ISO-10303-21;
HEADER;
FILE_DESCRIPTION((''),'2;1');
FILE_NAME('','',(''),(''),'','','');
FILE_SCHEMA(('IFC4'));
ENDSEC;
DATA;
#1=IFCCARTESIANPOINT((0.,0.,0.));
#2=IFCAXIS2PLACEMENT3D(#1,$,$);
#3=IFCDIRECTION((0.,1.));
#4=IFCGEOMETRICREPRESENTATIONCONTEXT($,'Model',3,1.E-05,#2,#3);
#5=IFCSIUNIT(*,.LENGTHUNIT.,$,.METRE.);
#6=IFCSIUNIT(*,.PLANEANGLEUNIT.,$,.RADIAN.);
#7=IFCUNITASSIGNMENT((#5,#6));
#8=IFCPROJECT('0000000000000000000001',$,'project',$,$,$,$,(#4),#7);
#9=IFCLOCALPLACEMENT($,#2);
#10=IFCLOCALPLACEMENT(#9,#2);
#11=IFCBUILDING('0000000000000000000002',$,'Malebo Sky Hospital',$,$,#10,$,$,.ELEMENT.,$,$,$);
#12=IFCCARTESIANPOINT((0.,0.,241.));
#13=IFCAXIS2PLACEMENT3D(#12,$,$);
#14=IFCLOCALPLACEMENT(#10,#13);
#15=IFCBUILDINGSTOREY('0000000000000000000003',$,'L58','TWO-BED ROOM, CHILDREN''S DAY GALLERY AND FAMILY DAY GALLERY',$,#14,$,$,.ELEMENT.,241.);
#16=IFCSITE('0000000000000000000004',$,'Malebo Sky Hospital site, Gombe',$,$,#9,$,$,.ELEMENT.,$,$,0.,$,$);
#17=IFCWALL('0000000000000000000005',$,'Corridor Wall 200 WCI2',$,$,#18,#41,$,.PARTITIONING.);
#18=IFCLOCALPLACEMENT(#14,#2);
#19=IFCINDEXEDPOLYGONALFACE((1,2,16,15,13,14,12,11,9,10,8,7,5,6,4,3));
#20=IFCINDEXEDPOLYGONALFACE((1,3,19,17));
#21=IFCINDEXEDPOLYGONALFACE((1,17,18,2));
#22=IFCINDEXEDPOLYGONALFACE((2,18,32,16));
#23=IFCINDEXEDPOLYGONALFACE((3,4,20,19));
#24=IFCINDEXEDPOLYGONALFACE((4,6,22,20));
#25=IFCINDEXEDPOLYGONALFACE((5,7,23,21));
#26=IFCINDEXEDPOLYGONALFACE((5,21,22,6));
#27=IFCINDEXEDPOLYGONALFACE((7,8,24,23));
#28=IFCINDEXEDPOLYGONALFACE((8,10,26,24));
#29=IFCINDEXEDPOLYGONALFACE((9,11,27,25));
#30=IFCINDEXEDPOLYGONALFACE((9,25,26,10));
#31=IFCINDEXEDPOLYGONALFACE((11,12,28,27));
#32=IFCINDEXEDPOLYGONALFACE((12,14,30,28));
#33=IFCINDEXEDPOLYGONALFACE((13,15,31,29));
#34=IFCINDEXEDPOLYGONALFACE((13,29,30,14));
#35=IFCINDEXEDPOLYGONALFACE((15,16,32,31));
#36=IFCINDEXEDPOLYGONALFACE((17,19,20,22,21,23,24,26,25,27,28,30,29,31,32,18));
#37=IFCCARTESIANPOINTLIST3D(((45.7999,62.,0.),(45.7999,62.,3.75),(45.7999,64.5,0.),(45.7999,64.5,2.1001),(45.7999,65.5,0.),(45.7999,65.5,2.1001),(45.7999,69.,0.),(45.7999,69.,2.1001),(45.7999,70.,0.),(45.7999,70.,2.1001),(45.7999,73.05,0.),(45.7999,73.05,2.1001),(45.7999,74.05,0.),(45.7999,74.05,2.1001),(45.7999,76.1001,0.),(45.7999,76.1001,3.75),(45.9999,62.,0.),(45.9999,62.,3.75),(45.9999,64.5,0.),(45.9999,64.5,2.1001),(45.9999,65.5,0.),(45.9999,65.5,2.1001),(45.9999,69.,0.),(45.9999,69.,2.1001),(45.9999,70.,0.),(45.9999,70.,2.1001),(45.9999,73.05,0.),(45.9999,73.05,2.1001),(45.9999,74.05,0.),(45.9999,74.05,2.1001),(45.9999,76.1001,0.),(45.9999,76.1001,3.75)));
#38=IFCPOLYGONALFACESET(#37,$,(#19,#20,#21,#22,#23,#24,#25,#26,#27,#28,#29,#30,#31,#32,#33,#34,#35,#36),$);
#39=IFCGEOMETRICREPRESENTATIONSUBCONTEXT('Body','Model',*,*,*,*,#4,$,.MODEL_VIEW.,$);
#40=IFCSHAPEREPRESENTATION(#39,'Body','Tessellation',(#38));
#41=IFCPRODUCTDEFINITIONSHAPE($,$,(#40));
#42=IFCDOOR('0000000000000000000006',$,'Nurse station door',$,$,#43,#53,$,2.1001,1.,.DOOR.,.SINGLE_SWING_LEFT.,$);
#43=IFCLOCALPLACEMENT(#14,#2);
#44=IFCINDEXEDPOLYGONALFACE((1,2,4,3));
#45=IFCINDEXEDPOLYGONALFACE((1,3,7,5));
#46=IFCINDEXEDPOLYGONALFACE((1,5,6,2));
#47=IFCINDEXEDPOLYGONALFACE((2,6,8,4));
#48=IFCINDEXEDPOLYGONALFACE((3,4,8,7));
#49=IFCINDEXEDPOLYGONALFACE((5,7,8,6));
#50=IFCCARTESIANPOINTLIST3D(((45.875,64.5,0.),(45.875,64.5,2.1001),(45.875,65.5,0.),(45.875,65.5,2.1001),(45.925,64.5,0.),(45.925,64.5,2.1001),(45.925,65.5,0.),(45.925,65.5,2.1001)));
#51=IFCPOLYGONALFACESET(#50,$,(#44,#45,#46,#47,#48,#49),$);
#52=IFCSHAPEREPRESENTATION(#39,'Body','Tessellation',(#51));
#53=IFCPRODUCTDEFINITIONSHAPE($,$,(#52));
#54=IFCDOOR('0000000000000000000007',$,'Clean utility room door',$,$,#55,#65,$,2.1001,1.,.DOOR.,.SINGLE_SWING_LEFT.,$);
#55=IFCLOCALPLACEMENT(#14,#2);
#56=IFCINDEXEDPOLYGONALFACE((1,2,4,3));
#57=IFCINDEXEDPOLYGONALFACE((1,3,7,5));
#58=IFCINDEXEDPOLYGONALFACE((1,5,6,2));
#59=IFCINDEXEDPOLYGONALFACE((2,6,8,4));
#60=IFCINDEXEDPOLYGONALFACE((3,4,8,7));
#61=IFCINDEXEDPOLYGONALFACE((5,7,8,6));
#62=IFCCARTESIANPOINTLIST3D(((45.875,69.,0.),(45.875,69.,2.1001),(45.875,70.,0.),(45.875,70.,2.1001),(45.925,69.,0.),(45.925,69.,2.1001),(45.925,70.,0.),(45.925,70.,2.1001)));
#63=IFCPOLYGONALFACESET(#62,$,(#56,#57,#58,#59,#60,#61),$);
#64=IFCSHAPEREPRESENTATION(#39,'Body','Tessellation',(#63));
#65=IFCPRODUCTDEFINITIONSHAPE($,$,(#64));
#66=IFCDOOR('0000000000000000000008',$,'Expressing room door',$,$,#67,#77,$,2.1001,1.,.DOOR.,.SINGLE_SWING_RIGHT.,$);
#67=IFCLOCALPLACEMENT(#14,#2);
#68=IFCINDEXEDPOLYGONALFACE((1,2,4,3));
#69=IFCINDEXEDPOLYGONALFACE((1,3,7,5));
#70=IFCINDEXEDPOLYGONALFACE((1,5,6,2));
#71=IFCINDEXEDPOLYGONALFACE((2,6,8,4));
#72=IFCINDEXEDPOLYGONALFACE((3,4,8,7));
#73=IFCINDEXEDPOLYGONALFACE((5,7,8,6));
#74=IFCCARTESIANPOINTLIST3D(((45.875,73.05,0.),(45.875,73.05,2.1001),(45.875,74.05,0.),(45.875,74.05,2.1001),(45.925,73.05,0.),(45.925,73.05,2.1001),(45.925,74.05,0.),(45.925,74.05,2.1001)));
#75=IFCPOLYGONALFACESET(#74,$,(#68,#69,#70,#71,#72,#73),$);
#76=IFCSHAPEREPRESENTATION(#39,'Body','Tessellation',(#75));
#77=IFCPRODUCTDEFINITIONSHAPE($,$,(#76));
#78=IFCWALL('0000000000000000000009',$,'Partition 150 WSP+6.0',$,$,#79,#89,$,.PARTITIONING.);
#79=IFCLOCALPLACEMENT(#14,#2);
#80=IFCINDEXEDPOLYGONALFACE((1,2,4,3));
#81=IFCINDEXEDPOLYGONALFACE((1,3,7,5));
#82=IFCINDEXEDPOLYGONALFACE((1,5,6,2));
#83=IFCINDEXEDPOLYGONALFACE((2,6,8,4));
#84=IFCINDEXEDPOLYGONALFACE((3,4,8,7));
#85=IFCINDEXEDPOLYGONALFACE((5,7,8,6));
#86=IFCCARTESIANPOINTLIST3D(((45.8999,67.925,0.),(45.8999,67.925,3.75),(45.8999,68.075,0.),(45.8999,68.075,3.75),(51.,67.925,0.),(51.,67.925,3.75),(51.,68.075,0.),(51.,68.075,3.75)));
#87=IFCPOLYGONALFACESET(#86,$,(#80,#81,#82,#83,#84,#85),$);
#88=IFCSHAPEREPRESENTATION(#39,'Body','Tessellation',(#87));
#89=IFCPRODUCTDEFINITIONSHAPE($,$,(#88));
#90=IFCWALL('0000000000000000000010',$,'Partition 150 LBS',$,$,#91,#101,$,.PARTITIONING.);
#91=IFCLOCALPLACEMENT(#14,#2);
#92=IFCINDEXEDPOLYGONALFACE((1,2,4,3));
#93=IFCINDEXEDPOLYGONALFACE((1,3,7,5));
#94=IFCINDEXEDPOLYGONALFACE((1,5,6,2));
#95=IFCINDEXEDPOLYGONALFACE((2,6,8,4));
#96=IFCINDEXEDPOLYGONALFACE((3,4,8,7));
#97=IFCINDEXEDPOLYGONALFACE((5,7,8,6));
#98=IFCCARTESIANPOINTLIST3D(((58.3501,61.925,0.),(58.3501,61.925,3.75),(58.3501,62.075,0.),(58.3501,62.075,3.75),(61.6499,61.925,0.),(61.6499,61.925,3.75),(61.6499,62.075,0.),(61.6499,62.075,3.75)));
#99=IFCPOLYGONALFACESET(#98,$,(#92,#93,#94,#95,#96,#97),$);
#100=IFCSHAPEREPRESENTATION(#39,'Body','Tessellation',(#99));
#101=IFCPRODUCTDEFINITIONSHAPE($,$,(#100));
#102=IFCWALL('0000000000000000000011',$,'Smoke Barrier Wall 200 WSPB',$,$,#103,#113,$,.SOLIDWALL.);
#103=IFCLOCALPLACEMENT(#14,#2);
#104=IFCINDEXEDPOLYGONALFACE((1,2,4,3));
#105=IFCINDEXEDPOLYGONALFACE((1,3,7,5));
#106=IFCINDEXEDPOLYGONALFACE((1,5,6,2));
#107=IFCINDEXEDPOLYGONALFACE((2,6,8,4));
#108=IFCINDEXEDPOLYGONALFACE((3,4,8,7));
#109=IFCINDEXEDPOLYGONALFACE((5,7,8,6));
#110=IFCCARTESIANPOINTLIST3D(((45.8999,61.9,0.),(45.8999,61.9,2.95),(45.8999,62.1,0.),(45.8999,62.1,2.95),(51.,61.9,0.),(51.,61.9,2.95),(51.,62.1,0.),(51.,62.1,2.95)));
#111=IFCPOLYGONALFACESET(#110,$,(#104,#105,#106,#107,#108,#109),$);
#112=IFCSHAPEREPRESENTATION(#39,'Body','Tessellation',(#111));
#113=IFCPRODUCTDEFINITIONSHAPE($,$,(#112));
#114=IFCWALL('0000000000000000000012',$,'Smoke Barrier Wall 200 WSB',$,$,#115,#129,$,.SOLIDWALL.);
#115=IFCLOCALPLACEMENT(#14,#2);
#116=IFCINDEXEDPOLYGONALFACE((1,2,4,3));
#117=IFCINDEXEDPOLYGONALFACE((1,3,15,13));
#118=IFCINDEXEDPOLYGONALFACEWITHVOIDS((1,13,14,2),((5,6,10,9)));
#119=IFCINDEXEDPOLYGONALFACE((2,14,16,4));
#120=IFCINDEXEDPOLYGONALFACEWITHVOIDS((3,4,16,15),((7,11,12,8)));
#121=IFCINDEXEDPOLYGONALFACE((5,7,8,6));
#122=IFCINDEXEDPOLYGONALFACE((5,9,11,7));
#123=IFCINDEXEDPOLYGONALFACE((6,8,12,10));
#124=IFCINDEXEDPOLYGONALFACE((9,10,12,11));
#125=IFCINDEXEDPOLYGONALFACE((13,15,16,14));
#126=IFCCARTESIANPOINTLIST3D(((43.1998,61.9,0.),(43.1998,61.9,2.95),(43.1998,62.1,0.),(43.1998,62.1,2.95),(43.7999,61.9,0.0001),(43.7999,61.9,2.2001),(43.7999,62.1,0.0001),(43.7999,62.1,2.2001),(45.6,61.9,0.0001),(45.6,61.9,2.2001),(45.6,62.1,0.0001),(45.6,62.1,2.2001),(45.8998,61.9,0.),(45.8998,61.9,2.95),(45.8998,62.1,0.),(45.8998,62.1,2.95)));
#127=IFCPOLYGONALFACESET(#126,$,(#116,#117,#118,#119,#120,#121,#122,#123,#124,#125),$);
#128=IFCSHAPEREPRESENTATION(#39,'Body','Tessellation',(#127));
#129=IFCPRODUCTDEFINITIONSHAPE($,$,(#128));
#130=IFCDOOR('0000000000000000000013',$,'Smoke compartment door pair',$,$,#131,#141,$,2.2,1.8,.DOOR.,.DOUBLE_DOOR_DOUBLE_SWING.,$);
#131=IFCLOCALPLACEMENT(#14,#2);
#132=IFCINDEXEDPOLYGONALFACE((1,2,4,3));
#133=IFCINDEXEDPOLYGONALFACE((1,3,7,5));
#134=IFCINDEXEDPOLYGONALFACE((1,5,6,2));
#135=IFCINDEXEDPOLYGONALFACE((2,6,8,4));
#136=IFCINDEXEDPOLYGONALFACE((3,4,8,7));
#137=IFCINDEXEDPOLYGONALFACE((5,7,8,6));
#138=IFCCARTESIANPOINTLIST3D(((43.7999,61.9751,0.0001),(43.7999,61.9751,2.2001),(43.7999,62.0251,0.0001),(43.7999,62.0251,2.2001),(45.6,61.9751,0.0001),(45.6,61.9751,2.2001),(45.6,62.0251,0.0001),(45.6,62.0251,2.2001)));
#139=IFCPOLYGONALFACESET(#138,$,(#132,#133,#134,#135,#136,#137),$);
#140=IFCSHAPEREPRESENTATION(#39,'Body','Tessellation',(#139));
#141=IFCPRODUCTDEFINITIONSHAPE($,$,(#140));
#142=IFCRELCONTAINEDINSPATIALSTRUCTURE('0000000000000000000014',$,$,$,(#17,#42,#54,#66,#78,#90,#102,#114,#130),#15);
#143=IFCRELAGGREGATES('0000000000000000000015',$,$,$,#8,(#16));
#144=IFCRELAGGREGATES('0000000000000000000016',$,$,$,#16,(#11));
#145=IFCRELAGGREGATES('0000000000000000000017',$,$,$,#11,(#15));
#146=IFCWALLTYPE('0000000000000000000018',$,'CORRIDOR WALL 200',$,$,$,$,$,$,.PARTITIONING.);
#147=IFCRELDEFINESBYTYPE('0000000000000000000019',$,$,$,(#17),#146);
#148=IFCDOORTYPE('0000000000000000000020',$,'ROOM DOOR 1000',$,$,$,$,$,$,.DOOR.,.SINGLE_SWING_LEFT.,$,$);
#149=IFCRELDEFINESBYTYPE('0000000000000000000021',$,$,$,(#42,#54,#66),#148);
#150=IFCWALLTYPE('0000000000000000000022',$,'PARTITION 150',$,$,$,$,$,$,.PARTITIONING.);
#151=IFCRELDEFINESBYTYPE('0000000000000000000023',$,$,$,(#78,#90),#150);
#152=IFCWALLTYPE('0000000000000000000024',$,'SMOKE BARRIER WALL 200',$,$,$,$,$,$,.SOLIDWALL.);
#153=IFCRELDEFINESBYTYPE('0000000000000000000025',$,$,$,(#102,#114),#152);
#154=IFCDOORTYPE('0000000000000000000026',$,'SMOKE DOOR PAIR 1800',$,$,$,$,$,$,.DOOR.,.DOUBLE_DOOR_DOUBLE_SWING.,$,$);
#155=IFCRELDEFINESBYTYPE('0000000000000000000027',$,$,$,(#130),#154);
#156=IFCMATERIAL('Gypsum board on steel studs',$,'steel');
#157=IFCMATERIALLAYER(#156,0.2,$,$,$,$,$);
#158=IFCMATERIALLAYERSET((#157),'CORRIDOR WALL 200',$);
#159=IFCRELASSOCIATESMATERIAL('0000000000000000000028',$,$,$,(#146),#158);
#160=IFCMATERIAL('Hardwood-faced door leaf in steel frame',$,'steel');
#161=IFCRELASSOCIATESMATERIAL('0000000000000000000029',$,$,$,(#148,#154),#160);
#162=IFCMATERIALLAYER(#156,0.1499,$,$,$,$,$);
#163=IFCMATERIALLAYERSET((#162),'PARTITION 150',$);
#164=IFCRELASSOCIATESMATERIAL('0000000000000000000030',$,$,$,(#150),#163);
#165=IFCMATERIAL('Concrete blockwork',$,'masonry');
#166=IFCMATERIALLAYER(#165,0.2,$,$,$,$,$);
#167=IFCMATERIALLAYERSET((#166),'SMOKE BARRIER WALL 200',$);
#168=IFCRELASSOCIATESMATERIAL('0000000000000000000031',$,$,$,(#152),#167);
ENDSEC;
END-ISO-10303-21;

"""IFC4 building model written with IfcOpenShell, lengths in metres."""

from ifc_helpers import new_model, si_unit, direction, frame, frame_2d, origin, place, context, subcontext, project, spatial, rectangle, extrude, material, layer, layer_set, type_object, element, fill, save


model = new_model("IFC4")

# Units and contexts
model_context = context("Model", 3, precision=1e-05, world=origin(), true_north=direction((0.0, 1.0)))
body_context = subcontext(model_context, "Body", "Model", "MODEL_VIEW")
ifc_project = project(units=[si_unit("LENGTHUNIT", "METRE"), si_unit("PLANEANGLEUNIT", "RADIAN")], contexts=[model_context])

# Site, building, storey
site_placement = place(None, origin())
site = spatial("IfcSite", under=ifc_project, at=site_placement, Name="Malebo Sky Hospital site, Gombe", CompositionType="ELEMENT", RefElevation=0.0)
building_placement = place(site_placement, origin())
building = spatial("IfcBuilding", under=site, at=building_placement, Name="Malebo Sky Hospital", CompositionType="ELEMENT")
storey_placement = place(building_placement, frame((0.0, 0.0, 241.0)))
storey = spatial("IfcBuildingStorey", under=building, at=storey_placement, Name="L58", Description="TWO-BED ROOM, CHILDREN'S DAY GALLERY AND FAMILY DAY GALLERY", CompositionType="ELEMENT", Elevation=241.0)

# Shared definitions
ifc_material_1 = material(Name="Hardwood-faced door leaf in steel frame", Category="steel")

# Wall, openings, doors
ifc_material_2 = material(Name="Gypsum board on steel studs", Category="steel")
ifc_layer_1 = layer(ifc_material_2, 0.2)
ifc_layer_set_1 = layer_set([ifc_layer_1], Name="CORRIDOR WALL 200")
wall_type_1 = type_object("IfcWallType", Name="CORRIDOR WALL 200", PredefinedType="PARTITIONING", material=ifc_layer_set_1)
wall_1_placement = place(storey_placement, frame((45.8999, 62.0, 0.0), z_axis=(0.0, 0.0, 1.0), x_axis=(0.0, 1.0, 0.0)))
wall_1 = element("IfcWall", 1, at=wall_1_placement, inside=storey, type_object=wall_type_1, Name="Corridor Wall 200 WCI2", PredefinedType="PARTITIONING", context=body_context, shape_type="SweptSolid", body=[
    extrude(rectangle(XDim=14.1001, YDim=0.2, at=frame_2d((7.05, 0.0))), origin(), (0.0, 0.0, 1.0), 3.75),
])
opening_1_placement = place(wall_1_placement, frame((2.5, 0.0, 0.0)))
opening_1 = element("IfcOpeningElement", 2, at=opening_1_placement, cuts=wall_1, PredefinedType="OPENING", context=body_context, shape_type="SweptSolid", body=[
    extrude(rectangle(XDim=1.0, YDim=2.1001, at=frame_2d((0.5, 1.05))), frame((0.0, 0.1099, 0.0), z_axis=(0.0, -1.0, 0.0), x_axis=(1.0, 0.0, 0.0)), (0.0, 0.0, 1.0), 0.22),
])
opening_2_placement = place(wall_1_placement, frame((7.0, 0.0, 0.0)))
opening_2 = element("IfcOpeningElement", 3, at=opening_2_placement, cuts=wall_1, PredefinedType="OPENING", context=body_context, shape_type="SweptSolid", body=[
    extrude(rectangle(XDim=1.0, YDim=2.1001, at=frame_2d((0.5, 1.05))), frame((0.0, 0.1099, 0.0), z_axis=(0.0, -1.0, 0.0), x_axis=(1.0, 0.0, 0.0)), (0.0, 0.0, 1.0), 0.22),
])
opening_3_placement = place(wall_1_placement, frame((11.05, 0.0, 0.0)))
opening_3 = element("IfcOpeningElement", 4, at=opening_3_placement, cuts=wall_1, PredefinedType="OPENING", context=body_context, shape_type="SweptSolid", body=[
    extrude(rectangle(XDim=1.0, YDim=2.1001, at=frame_2d((0.5, 1.05))), frame((0.0, 0.1099, 0.0), z_axis=(0.0, -1.0, 0.0), x_axis=(1.0, 0.0, 0.0)), (0.0, 0.0, 1.0), 0.22),
])
door_type_1 = type_object("IfcDoorType", Name="ROOM DOOR 1000", OperationType="SINGLE_SWING_LEFT", PredefinedType="DOOR", material=ifc_material_1)
door_1_placement = place(opening_1_placement, origin())
door_1 = element("IfcDoor", 5, at=door_1_placement, inside=storey, type_object=door_type_1, Name="Nurse station door", OperationType="SINGLE_SWING_LEFT", OverallHeight=2.1001, OverallWidth=1.0, PredefinedType="DOOR", context=body_context, shape_type="SweptSolid", body=[
    extrude(rectangle(XDim=1.0, YDim=2.1001, at=frame_2d((0.5, 1.05))), frame((0.0, 0.0249, 0.0), z_axis=(0.0, -1.0, 0.0), x_axis=(1.0, 0.0, 0.0)), (0.0, 0.0, 1.0), 0.05),
])
fill(opening_1, door_1)
door_2_placement = place(opening_2_placement, origin())
door_2 = element("IfcDoor", 6, at=door_2_placement, inside=storey, type_object=door_type_1, Name="Clean utility room door", OperationType="SINGLE_SWING_LEFT", OverallHeight=2.1001, OverallWidth=1.0, PredefinedType="DOOR", context=body_context, shape_type="SweptSolid", body=[
    extrude(rectangle(XDim=1.0, YDim=2.1001, at=frame_2d((0.5, 1.05))), frame((0.0, 0.0249, 0.0), z_axis=(0.0, -1.0, 0.0), x_axis=(1.0, 0.0, 0.0)), (0.0, 0.0, 1.0), 0.05),
])
fill(opening_2, door_2)
door_3_placement = place(opening_3_placement, origin())
door_3 = element("IfcDoor", 7, at=door_3_placement, inside=storey, type_object=door_type_1, Name="Expressing room door", OperationType="SINGLE_SWING_RIGHT", OverallHeight=2.1001, OverallWidth=1.0, PredefinedType="DOOR", context=body_context, shape_type="SweptSolid", body=[
    extrude(rectangle(XDim=1.0, YDim=2.1001, at=frame_2d((0.5, 1.05))), frame((0.0, 0.0249, 0.0), z_axis=(0.0, -1.0, 0.0), x_axis=(1.0, 0.0, 0.0)), (0.0, 0.0, 1.0), 0.05),
])
fill(opening_3, door_3)

# Walls
ifc_layer_2 = layer(ifc_material_2, 0.1499)
ifc_layer_set_2 = layer_set([ifc_layer_2], Name="PARTITION 150")
wall_type_2 = type_object("IfcWallType", Name="PARTITION 150", PredefinedType="PARTITIONING", material=ifc_layer_set_2)
wall_2_placement = place(storey_placement, frame((51.0, 68.0, 0.0), z_axis=(0.0, 0.0, 1.0), x_axis=(-1.0, 0.0, 0.0)))
element("IfcWall", 8, at=wall_2_placement, inside=storey, type_object=wall_type_2, Name="Partition 150 WSP+6.0", PredefinedType="PARTITIONING", context=body_context, shape_type="SweptSolid", body=[
    extrude(rectangle(XDim=5.1001, YDim=0.1499, at=frame_2d((2.55, 0.0))), origin(), (0.0, 0.0, 1.0), 3.75),
])
wall_3_placement = place(storey_placement, frame((58.3501, 62.0, 0.0), z_axis=(0.0, 0.0, 1.0), x_axis=(1.0, 0.0, 0.0)))
element("IfcWall", 9, at=wall_3_placement, inside=storey, type_object=wall_type_2, Name="Partition 150 LBS", PredefinedType="PARTITIONING", context=body_context, shape_type="SweptSolid", body=[
    extrude(rectangle(XDim=3.2998, YDim=0.1499, at=frame_2d((1.6499, 0.0))), origin(), (0.0, 0.0, 1.0), 3.75),
])
ifc_material_3 = material(Name="Concrete blockwork", Category="masonry")
ifc_layer_3 = layer(ifc_material_3, 0.2)
ifc_layer_set_3 = layer_set([ifc_layer_3], Name="SMOKE BARRIER WALL 200")
wall_type_3 = type_object("IfcWallType", Name="SMOKE BARRIER WALL 200", PredefinedType="SOLIDWALL", material=ifc_layer_set_3)
wall_4_placement = place(storey_placement, frame((51.0, 62.0, 0.0), z_axis=(0.0, 0.0, 1.0), x_axis=(-1.0, 0.0, 0.0)))
element("IfcWall", 10, at=wall_4_placement, inside=storey, type_object=wall_type_3, Name="Smoke Barrier Wall 200 WSPB", PredefinedType="SOLIDWALL", context=body_context, shape_type="SweptSolid", body=[
    extrude(rectangle(XDim=5.1001, YDim=0.2, at=frame_2d((2.55, 0.0))), origin(), (0.0, 0.0, 1.0), 2.95),
])

# Wall, opening, door
wall_5_placement = place(storey_placement, frame((45.8999, 62.0, 0.0), z_axis=(0.0, 0.0, 1.0), x_axis=(-1.0, 0.0, 0.0)))
wall_5 = element("IfcWall", 11, at=wall_5_placement, inside=storey, type_object=wall_type_3, Name="Smoke Barrier Wall 200 WSB", PredefinedType="SOLIDWALL", context=body_context, shape_type="SweptSolid", body=[
    extrude(rectangle(XDim=2.7, YDim=0.2, at=frame_2d((1.3501, 0.0))), origin(), (0.0, 0.0, 1.0), 2.95),
])
opening_4_placement = place(wall_5_placement, frame((0.3, 0.0, 0.0)))
opening_4 = element("IfcOpeningElement", 12, at=opening_4_placement, cuts=wall_5, PredefinedType="OPENING", context=body_context, shape_type="SweptSolid", body=[
    extrude(rectangle(XDim=1.8, YDim=2.2, at=frame_2d((0.8999, 1.1001))), frame((0.0, 0.1099, 0.0), z_axis=(0.0, -1.0, 0.0), x_axis=(1.0, 0.0, 0.0)), (0.0, 0.0, 1.0), 0.22),
])
door_type_2 = type_object("IfcDoorType", Name="SMOKE DOOR PAIR 1800", OperationType="DOUBLE_DOOR_DOUBLE_SWING", PredefinedType="DOOR", material=ifc_material_1)
door_4_placement = place(opening_4_placement, origin())
door_4 = element("IfcDoor", 13, at=door_4_placement, inside=storey, type_object=door_type_2, Name="Smoke compartment door pair", OperationType="DOUBLE_DOOR_DOUBLE_SWING", OverallHeight=2.2, OverallWidth=1.8, PredefinedType="DOOR", context=body_context, shape_type="SweptSolid", body=[
    extrude(rectangle(XDim=1.8, YDim=2.2, at=frame_2d((0.8999, 1.1001))), frame((0.0, 0.0249, 0.0), z_axis=(0.0, -1.0, 0.0), x_axis=(1.0, 0.0, 0.0)), (0.0, 0.0, 1.0), 0.05),
])
fill(opening_4, door_4)

save(model, "model.ifc")
